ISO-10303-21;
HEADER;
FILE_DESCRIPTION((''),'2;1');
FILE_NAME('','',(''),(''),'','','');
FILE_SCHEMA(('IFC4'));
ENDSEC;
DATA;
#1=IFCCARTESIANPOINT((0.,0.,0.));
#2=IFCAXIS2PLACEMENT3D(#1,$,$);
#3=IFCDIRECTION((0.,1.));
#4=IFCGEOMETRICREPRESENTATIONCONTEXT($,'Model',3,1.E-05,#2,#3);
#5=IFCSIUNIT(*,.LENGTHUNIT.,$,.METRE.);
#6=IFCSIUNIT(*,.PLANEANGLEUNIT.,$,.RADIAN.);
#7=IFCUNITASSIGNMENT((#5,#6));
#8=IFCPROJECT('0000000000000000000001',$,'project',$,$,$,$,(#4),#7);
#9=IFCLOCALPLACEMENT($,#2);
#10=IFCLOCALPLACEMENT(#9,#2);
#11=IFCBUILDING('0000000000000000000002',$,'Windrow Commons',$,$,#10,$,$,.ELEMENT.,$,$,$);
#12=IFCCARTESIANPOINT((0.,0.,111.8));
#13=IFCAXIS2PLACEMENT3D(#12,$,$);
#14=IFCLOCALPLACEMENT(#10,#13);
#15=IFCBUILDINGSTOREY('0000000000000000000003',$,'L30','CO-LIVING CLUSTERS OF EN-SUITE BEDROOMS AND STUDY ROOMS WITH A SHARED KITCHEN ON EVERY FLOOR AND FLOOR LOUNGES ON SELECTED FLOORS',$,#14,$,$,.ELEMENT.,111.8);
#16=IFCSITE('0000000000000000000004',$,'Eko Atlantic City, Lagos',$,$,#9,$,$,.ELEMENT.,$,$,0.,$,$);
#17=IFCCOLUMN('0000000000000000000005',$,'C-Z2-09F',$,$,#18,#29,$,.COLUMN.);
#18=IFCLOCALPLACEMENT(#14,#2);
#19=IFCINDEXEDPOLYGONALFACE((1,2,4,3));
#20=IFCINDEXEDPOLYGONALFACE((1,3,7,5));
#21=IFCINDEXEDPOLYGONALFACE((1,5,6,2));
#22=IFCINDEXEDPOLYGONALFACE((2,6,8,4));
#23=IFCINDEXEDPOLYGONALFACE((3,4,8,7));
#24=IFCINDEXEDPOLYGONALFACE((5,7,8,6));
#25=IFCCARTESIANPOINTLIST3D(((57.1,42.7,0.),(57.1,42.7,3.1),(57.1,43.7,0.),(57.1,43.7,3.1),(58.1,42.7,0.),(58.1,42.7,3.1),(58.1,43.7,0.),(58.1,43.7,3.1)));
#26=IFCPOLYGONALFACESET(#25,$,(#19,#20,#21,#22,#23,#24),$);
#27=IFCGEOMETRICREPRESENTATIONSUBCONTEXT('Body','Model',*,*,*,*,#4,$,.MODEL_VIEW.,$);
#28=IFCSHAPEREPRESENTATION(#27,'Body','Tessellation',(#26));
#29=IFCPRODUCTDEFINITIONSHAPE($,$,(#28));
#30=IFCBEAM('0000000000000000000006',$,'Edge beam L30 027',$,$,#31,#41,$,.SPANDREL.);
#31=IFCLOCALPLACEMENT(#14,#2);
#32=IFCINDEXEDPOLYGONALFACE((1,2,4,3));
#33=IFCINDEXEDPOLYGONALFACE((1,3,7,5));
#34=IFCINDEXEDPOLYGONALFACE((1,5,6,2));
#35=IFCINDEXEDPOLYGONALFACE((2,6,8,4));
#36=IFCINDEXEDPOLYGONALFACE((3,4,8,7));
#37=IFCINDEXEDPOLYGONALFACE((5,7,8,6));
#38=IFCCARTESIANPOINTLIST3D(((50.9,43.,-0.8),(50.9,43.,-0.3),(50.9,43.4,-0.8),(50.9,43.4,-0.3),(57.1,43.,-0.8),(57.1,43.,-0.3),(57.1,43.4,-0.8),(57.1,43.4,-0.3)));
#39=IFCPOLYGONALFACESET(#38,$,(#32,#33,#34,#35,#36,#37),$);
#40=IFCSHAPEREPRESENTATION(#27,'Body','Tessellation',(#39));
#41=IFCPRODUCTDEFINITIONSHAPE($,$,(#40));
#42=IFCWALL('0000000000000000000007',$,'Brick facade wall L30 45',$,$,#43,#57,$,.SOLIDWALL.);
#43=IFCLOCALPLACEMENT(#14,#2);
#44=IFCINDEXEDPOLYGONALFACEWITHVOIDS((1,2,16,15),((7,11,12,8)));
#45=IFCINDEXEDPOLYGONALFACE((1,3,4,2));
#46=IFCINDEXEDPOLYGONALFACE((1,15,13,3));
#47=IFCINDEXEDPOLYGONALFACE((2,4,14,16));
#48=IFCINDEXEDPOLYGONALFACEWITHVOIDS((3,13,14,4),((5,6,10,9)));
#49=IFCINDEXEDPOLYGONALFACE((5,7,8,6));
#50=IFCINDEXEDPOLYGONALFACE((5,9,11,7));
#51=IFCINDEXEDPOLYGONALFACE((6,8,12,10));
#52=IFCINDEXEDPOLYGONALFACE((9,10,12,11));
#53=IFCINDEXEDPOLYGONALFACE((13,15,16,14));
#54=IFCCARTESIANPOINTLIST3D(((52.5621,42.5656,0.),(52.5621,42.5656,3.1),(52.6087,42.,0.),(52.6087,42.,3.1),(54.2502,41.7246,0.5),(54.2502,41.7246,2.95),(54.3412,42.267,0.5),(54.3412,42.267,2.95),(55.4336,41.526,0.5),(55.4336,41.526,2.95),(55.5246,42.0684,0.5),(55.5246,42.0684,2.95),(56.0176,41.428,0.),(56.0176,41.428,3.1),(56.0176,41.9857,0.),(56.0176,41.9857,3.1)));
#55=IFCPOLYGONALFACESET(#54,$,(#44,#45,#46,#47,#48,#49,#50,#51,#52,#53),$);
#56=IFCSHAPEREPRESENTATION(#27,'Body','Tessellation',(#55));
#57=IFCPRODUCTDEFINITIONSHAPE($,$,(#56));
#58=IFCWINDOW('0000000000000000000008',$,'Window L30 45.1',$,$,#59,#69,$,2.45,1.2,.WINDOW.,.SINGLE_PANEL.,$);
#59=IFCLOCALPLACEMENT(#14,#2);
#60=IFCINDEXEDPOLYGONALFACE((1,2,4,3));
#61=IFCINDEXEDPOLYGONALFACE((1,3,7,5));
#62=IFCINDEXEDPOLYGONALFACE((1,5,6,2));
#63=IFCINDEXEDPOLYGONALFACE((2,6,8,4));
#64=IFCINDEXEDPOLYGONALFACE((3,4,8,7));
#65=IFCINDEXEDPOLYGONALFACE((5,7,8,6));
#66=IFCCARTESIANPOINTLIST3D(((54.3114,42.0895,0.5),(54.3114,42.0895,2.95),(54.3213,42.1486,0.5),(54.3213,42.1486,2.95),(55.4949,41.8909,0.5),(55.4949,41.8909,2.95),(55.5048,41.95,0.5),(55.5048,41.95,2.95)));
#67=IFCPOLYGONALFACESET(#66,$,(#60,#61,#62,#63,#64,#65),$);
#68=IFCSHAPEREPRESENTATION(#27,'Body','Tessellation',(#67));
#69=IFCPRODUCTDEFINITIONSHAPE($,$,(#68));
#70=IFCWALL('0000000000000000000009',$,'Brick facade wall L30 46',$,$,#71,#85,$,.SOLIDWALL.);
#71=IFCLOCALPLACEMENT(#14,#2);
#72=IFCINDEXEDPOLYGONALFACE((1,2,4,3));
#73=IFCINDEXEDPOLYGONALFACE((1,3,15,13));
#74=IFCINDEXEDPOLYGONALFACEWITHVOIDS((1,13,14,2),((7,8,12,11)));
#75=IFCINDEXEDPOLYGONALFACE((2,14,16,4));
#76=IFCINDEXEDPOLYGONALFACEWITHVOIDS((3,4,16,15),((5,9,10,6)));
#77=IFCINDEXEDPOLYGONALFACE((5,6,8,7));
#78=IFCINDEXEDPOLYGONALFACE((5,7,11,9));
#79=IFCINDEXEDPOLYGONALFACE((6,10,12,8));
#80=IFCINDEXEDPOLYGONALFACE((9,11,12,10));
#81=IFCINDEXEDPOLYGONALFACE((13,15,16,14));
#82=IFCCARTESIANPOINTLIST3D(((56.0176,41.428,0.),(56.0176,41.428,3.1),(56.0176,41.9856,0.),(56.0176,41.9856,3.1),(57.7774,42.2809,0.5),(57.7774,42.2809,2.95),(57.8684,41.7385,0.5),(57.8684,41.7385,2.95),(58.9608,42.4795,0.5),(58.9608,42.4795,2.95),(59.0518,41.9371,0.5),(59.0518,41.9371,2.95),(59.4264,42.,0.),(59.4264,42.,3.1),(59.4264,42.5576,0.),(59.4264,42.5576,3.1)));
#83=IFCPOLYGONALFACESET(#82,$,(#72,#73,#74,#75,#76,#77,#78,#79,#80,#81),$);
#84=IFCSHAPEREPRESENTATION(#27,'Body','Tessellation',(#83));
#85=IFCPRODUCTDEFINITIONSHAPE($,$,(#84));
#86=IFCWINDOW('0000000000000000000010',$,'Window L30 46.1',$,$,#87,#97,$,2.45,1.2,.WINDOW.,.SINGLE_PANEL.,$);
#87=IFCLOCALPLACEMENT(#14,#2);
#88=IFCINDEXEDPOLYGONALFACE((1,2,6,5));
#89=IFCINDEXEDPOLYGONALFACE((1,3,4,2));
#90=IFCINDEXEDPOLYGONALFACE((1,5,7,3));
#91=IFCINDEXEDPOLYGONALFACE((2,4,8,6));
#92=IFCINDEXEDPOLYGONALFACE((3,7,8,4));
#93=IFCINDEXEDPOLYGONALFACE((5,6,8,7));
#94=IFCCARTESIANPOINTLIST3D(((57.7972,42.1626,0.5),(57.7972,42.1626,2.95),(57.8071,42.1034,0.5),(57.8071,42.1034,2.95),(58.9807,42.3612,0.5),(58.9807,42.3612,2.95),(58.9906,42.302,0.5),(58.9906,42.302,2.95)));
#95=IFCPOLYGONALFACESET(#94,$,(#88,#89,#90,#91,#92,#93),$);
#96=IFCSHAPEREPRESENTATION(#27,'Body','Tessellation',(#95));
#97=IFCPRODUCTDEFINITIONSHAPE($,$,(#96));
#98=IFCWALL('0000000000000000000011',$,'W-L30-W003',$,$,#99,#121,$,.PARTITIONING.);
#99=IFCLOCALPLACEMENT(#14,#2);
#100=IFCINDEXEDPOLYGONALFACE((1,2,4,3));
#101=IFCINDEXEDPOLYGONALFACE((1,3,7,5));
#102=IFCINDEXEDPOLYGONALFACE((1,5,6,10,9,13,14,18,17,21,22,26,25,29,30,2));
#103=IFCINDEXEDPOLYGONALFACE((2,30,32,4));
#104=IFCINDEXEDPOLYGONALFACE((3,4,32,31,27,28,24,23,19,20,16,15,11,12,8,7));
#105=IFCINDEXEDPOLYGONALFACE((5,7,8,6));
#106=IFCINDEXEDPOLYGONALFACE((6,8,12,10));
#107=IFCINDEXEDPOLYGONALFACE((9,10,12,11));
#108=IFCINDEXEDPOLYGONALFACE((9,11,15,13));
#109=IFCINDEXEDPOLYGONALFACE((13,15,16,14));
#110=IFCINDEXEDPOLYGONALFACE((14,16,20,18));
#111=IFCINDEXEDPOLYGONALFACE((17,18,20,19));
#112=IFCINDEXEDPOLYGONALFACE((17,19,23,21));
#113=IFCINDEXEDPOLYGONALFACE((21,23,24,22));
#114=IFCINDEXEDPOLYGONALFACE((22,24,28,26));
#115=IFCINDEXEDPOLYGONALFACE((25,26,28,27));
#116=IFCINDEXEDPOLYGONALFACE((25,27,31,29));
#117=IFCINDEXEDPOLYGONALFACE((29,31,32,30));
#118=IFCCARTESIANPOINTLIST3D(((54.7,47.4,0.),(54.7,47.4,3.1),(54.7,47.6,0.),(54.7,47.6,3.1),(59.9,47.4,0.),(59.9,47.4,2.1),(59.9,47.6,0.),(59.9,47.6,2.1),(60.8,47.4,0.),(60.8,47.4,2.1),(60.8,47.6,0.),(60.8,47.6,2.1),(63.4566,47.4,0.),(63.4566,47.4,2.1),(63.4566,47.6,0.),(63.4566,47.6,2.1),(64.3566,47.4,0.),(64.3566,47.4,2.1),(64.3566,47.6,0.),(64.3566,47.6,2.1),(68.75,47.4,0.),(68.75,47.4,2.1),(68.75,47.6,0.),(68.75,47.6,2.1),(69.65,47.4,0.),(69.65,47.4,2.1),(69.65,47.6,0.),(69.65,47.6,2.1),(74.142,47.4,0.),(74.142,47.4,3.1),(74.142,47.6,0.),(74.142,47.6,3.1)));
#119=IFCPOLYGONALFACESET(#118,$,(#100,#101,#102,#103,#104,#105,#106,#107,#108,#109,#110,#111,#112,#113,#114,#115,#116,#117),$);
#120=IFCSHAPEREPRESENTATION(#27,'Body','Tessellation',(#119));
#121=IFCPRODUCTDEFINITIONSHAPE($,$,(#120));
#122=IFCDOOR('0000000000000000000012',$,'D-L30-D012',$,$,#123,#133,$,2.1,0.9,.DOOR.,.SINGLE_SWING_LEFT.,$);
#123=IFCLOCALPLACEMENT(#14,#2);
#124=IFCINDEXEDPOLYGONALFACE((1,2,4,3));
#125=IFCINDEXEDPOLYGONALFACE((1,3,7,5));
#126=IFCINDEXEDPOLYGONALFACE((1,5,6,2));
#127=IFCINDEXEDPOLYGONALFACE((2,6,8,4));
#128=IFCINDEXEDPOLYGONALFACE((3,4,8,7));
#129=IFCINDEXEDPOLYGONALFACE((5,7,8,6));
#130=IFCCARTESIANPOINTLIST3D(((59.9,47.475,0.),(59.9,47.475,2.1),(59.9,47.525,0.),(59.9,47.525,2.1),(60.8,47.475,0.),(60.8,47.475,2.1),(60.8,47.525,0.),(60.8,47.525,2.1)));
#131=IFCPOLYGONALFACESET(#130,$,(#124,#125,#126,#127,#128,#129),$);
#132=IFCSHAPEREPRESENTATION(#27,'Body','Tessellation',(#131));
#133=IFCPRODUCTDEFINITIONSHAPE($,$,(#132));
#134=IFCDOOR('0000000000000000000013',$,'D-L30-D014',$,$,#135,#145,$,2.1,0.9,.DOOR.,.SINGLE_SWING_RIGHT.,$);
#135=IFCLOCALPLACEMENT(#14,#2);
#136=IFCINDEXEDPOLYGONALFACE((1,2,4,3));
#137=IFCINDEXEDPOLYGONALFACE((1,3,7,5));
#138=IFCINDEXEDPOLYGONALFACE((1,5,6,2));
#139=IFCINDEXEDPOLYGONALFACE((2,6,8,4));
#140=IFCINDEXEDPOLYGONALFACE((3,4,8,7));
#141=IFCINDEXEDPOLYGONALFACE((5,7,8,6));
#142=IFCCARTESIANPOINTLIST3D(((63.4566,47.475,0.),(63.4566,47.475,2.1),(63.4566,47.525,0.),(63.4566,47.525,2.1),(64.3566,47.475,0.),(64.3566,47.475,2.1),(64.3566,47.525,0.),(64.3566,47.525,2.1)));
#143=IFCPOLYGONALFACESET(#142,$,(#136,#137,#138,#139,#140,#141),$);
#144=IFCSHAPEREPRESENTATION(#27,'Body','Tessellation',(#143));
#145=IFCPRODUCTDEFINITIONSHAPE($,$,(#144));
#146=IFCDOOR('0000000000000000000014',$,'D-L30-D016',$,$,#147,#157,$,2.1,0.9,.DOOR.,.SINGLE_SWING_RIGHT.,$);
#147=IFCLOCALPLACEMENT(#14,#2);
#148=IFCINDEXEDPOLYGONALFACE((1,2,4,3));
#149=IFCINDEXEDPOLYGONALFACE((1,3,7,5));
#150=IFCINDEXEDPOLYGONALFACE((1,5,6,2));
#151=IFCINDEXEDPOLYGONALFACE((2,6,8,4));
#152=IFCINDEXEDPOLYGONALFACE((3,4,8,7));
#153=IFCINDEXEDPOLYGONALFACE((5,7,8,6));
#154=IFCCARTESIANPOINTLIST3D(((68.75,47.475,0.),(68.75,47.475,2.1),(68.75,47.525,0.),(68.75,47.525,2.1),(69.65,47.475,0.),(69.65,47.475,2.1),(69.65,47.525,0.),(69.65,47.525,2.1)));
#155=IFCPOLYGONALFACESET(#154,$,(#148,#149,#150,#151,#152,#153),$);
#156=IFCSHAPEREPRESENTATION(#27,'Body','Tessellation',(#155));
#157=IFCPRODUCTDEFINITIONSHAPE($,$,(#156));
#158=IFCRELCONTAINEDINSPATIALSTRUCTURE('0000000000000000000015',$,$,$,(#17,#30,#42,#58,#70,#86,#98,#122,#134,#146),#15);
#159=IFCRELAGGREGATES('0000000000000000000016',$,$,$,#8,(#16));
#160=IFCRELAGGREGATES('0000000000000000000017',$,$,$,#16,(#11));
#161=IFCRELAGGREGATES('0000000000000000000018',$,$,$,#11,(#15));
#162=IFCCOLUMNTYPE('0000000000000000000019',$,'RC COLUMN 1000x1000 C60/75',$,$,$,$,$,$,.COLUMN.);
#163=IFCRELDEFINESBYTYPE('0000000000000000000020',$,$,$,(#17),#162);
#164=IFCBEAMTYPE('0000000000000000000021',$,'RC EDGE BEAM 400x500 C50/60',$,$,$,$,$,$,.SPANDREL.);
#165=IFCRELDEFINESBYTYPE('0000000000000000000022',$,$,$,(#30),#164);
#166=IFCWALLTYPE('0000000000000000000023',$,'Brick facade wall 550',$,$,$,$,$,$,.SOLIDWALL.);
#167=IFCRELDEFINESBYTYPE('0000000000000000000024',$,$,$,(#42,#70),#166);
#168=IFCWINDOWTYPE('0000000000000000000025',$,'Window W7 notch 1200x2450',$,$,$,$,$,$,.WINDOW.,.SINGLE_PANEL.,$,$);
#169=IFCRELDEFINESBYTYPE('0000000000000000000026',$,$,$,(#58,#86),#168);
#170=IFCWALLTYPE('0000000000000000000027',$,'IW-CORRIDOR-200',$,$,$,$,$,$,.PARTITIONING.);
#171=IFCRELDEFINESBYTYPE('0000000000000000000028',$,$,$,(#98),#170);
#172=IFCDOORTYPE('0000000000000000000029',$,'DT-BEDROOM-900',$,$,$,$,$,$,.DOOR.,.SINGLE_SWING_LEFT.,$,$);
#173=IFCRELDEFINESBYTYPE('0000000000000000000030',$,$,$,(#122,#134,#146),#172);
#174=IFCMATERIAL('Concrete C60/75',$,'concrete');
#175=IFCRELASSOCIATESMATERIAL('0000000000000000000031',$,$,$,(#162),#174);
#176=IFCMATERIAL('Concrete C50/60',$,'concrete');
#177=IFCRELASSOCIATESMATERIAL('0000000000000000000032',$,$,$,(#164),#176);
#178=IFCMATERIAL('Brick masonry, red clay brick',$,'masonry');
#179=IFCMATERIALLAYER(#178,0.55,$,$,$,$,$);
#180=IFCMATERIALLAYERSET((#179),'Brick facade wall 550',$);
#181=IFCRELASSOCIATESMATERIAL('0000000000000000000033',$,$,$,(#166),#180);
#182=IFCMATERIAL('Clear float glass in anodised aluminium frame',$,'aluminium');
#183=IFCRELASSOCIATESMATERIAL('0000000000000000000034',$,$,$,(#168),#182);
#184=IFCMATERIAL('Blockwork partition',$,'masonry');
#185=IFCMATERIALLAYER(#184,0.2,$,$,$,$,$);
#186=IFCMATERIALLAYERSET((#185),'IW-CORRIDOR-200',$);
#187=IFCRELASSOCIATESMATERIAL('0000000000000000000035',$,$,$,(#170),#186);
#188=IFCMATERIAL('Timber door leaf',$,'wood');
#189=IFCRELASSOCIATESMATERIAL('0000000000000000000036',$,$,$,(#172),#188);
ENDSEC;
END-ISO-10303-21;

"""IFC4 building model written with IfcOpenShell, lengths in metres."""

from ifc_helpers import new_model, si_unit, direction, frame, frame_2d, origin, origin_2d, place, context, subcontext, project, spatial, polyline, rectangle, outline, extrude, material, layer, layer_set, material_profile, profile_set, type_object, element, fill, save


model = new_model("IFC4")

# Units and contexts
model_context = context("Model", 3, precision=1e-05, world=origin(), true_north=direction((0.0, 1.0)))
body_context = subcontext(model_context, "Body", "Model", "MODEL_VIEW")
ifc_project = project(units=[si_unit("LENGTHUNIT", "METRE"), si_unit("PLANEANGLEUNIT", "RADIAN")], contexts=[model_context])

# Site, building, storey
site_placement = place(None, origin())
site = spatial("IfcSite", under=ifc_project, at=site_placement, Name="Eko Atlantic City, Lagos", CompositionType="ELEMENT", RefElevation=0.0)
building_placement = place(site_placement, origin())
building = spatial("IfcBuilding", under=site, at=building_placement, Name="Windrow Commons", CompositionType="ELEMENT")
storey_placement = place(building_placement, frame((0.0, 0.0, 111.8)))
storey = spatial("IfcBuildingStorey", under=building, at=storey_placement, Name="L30", Description="CO-LIVING CLUSTERS OF EN-SUITE BEDROOMS AND STUDY ROOMS WITH A SHARED KITCHEN ON EVERY FLOOR AND FLOOR LOUNGES ON SELECTED FLOORS", CompositionType="ELEMENT", Elevation=111.8)

# Column
ifc_material_1 = material(Name="Concrete C60/75", Category="concrete")
ifc_material_profile_1 = material_profile(ifc_material_1, rectangle(XDim=1.0, YDim=1.0, at=origin_2d()))
ifc_profile_set_1 = profile_set([ifc_material_profile_1], Name="Concrete C60/75")
column_type = type_object("IfcColumnType", Name="RC COLUMN 1000x1000 C60/75", PredefinedType="COLUMN", material=ifc_profile_set_1)
column_placement = place(storey_placement, frame((57.6, 43.2, 0.0), z_axis=(0.0, 0.0, 1.0), x_axis=(1.0, 0.0, 0.0)))
element("IfcColumn", 1, at=column_placement, inside=storey, type_object=column_type, Name="C-Z2-09F", PredefinedType="COLUMN", context=body_context, shape_type="SweptSolid", body=[
    extrude(rectangle(XDim=1.0, YDim=1.0, at=origin_2d()), origin(), (0.0, 0.0, 1.0), 3.1),
])

# Beam
ifc_material_2 = material(Name="Concrete C50/60", Category="concrete")
ifc_material_profile_2 = material_profile(ifc_material_2, rectangle(XDim=0.4, YDim=0.5, at=origin_2d()))
ifc_profile_set_2 = profile_set([ifc_material_profile_2], Name="Concrete C50/60")
beam_type = type_object("IfcBeamType", Name="RC EDGE BEAM 400x500 C50/60", PredefinedType="SPANDREL", material=ifc_profile_set_2)
beam_placement = place(storey_placement, frame((57.1, 43.2, -0.55), z_axis=(-1.0, 0.0, 0.0), x_axis=(0.0, -1.0, 0.0)))
element("IfcBeam", 2, at=beam_placement, inside=storey, type_object=beam_type, Name="Edge beam L30 027", PredefinedType="SPANDREL", context=body_context, shape_type="SweptSolid", body=[
    extrude(rectangle(XDim=0.4, YDim=0.5, at=origin_2d()), origin(), (0.0, 0.0, 1.0), 6.2),
])

# Walls, openings, windows
ifc_material_3 = material(Name="Brick masonry, red clay brick", Category="masonry")
ifc_layer_1 = layer(ifc_material_3, 0.55)
ifc_layer_set_1 = layer_set([ifc_layer_1], Name="Brick facade wall 550")
wall_type_1 = type_object("IfcWallType", Name="Brick facade wall 550", PredefinedType="SOLIDWALL", material=ifc_layer_set_1)
wall_1_placement = place(storey_placement, frame((52.5854, 42.2828, 0.0), z_axis=(0.0, 0.0, 1.0), x_axis=(0.986208, -0.165508, 0.0)))
wall_1 = element("IfcWall", 3, at=wall_1_placement, inside=storey, type_object=wall_type_1, Name="Brick facade wall L30 45", PredefinedType="SOLIDWALL", context=body_context, shape_type="SweptSolid", body=[
    extrude(outline(polyline([(0.0698, -0.275), (3.5263, -0.275), (3.434, 0.275), (-0.0698, 0.275), (0.0698, -0.275)])), origin(), (0.0, 0.0, 1.0), 3.1),
])
opening_1_placement = place(wall_1_placement, frame((1.7342, 0.0, 0.5)))
opening_1 = element("IfcOpeningElement", 4, at=opening_1_placement, cuts=wall_1, PredefinedType="OPENING", context=body_context, shape_type="SweptSolid", body=[
    extrude(rectangle(XDim=1.2, YDim=2.45, at=frame_2d((0.6, 1.225))), frame((0.0, 0.285, 0.0), z_axis=(0.0, -1.0, 0.0), x_axis=(1.0, 0.0, 0.0)), (0.0, 0.0, 1.0), 0.57),
])
ifc_material_4 = material(Name="Clear float glass in anodised aluminium frame", Category="aluminium")
window_type = type_object("IfcWindowType", Name="Window W7 notch 1200x2450", PartitioningType="SINGLE_PANEL", PredefinedType="WINDOW", material=ifc_material_4)
window_1_placement = place(opening_1_placement, origin())
window_1 = element("IfcWindow", 5, at=window_1_placement, inside=storey, type_object=window_type, Name="Window L30 45.1", OverallHeight=2.45, OverallWidth=1.2, PartitioningType="SINGLE_PANEL", PredefinedType="WINDOW", context=body_context, shape_type="SweptSolid", body=[
    extrude(rectangle(XDim=1.2, YDim=2.45, at=frame_2d((0.6, 1.225))), frame((0.0, 0.155, 0.0), z_axis=(0.0, -1.0, 0.0), x_axis=(1.0, 0.0, 0.0)), (0.0, 0.0, 1.0), 0.06),
])
fill(opening_1, window_1)
wall_2_placement = place(storey_placement, frame((56.0176, 41.7068, 0.0), z_axis=(0.0, 0.0, 1.0), x_axis=(0.986212, 0.165487, 0.0)))
wall_2 = element("IfcWall", 6, at=wall_2_placement, inside=storey, type_object=wall_type_1, Name="Brick facade wall L30 46", PredefinedType="SOLIDWALL", context=body_context, shape_type="SweptSolid", body=[
    extrude(outline(polyline([(-0.0461, -0.275), (3.4103, -0.275), (3.5026, 0.275), (0.0461, 0.275), (-0.0461, -0.275)])), origin(), (0.0, 0.0, 1.0), 3.1),
])
opening_2_placement = place(wall_2_placement, frame((1.8305, 0.0, 0.5)))
opening_2 = element("IfcOpeningElement", 7, at=opening_2_placement, cuts=wall_2, PredefinedType="OPENING", context=body_context, shape_type="SweptSolid", body=[
    extrude(rectangle(XDim=1.2, YDim=2.45, at=frame_2d((0.6, 1.225))), frame((0.0, 0.285, 0.0), z_axis=(0.0, -1.0, 0.0), x_axis=(1.0, 0.0, 0.0)), (0.0, 0.0, 1.0), 0.57),
])
window_2_placement = place(opening_2_placement, origin())
window_2 = element("IfcWindow", 8, at=window_2_placement, inside=storey, type_object=window_type, Name="Window L30 46.1", OverallHeight=2.45, OverallWidth=1.2, PartitioningType="SINGLE_PANEL", PredefinedType="WINDOW", context=body_context, shape_type="SweptSolid", body=[
    extrude(rectangle(XDim=1.2, YDim=2.45, at=frame_2d((0.6, 1.225))), frame((0.0, 0.155, 0.0), z_axis=(0.0, -1.0, 0.0), x_axis=(1.0, 0.0, 0.0)), (0.0, 0.0, 1.0), 0.06),
])
fill(opening_2, window_2)

# Wall, openings, doors
ifc_material_5 = material(Name="Blockwork partition", Category="masonry")
ifc_layer_2 = layer(ifc_material_5, 0.2)
ifc_layer_set_2 = layer_set([ifc_layer_2], Name="IW-CORRIDOR-200")
wall_type_2 = type_object("IfcWallType", Name="IW-CORRIDOR-200", PredefinedType="PARTITIONING", material=ifc_layer_set_2)
wall_3_placement = place(storey_placement, frame((54.7, 47.5, 0.0), z_axis=(0.0, 0.0, 1.0), x_axis=(1.0, 0.0, 0.0)))
wall_3 = element("IfcWall", 9, at=wall_3_placement, inside=storey, type_object=wall_type_2, Name="W-L30-W003", PredefinedType="PARTITIONING", context=body_context, shape_type="SweptSolid", body=[
    extrude(rectangle(XDim=19.442, YDim=0.2, at=frame_2d((9.721, 0.0))), origin(), (0.0, 0.0, 1.0), 3.1),
])
opening_3_placement = place(wall_3_placement, frame((5.2, 0.0, 0.0)))
opening_3 = element("IfcOpeningElement", 10, at=opening_3_placement, cuts=wall_3, PredefinedType="OPENING", context=body_context, shape_type="SweptSolid", body=[
    extrude(rectangle(XDim=0.9, YDim=2.1, at=frame_2d((0.45, 1.05))), frame((0.0, 0.11, 0.0), z_axis=(0.0, -1.0, 0.0), x_axis=(1.0, 0.0, 0.0)), (0.0, 0.0, 1.0), 0.22),
])
opening_4_placement = place(wall_3_placement, frame((8.7566, 0.0, 0.0)))
opening_4 = element("IfcOpeningElement", 11, at=opening_4_placement, cuts=wall_3, PredefinedType="OPENING", context=body_context, shape_type="SweptSolid", body=[
    extrude(rectangle(XDim=0.9, YDim=2.1, at=frame_2d((0.45, 1.05))), frame((0.0, 0.11, 0.0), z_axis=(0.0, -1.0, 0.0), x_axis=(1.0, 0.0, 0.0)), (0.0, 0.0, 1.0), 0.22),
])
opening_5_placement = place(wall_3_placement, frame((14.05, 0.0, 0.0)))
opening_5 = element("IfcOpeningElement", 12, at=opening_5_placement, cuts=wall_3, PredefinedType="OPENING", context=body_context, shape_type="SweptSolid", body=[
    extrude(rectangle(XDim=0.9, YDim=2.1, at=frame_2d((0.45, 1.05))), frame((0.0, 0.11, 0.0), z_axis=(0.0, -1.0, 0.0), x_axis=(1.0, 0.0, 0.0)), (0.0, 0.0, 1.0), 0.22),
])
ifc_material_6 = material(Name="Timber door leaf", Category="wood")
door_type_1 = type_object("IfcDoorType", Name="DT-BEDROOM-900", OperationType="SINGLE_SWING_LEFT", PredefinedType="DOOR", material=ifc_material_6)
door_1_placement = place(opening_3_placement, origin())
door_1 = element("IfcDoor", 13, at=door_1_placement, inside=storey, type_object=door_type_1, Name="D-L30-D012", OperationType="SINGLE_SWING_LEFT", OverallHeight=2.1, OverallWidth=0.9, PredefinedType="DOOR", context=body_context, shape_type="SweptSolid", body=[
    extrude(rectangle(XDim=0.9, YDim=2.1, at=frame_2d((0.45, 1.05))), frame((0.0, 0.025, 0.0), z_axis=(0.0, -1.0, 0.0), x_axis=(1.0, 0.0, 0.0)), (0.0, 0.0, 1.0), 0.05),
])
fill(opening_3, door_1)
door_2_placement = place(opening_4_placement, origin())
door_2 = element("IfcDoor", 14, at=door_2_placement, inside=storey, type_object=door_type_1, Name="D-L30-D014", OperationType="SINGLE_SWING_RIGHT", OverallHeight=2.1, OverallWidth=0.9, PredefinedType="DOOR", context=body_context, shape_type="SweptSolid", body=[
    extrude(rectangle(XDim=0.9, YDim=2.1, at=frame_2d((0.45, 1.05))), frame((0.0, 0.025, 0.0), z_axis=(0.0, -1.0, 0.0), x_axis=(1.0, 0.0, 0.0)), (0.0, 0.0, 1.0), 0.05),
])
fill(opening_4, door_2)
door_3_placement = place(opening_5_placement, origin())
door_3 = element("IfcDoor", 15, at=door_3_placement, inside=storey, type_object=door_type_1, Name="D-L30-D016", OperationType="SINGLE_SWING_RIGHT", OverallHeight=2.1, OverallWidth=0.9, PredefinedType="DOOR", context=body_context, shape_type="SweptSolid", body=[
    extrude(rectangle(XDim=0.9, YDim=2.1, at=frame_2d((0.45, 1.05))), frame((0.0, 0.025, 0.0), z_axis=(0.0, -1.0, 0.0), x_axis=(1.0, 0.0, 0.0)), (0.0, 0.0, 1.0), 0.05),
])
fill(opening_5, door_3)

save(model, "model.ifc")
